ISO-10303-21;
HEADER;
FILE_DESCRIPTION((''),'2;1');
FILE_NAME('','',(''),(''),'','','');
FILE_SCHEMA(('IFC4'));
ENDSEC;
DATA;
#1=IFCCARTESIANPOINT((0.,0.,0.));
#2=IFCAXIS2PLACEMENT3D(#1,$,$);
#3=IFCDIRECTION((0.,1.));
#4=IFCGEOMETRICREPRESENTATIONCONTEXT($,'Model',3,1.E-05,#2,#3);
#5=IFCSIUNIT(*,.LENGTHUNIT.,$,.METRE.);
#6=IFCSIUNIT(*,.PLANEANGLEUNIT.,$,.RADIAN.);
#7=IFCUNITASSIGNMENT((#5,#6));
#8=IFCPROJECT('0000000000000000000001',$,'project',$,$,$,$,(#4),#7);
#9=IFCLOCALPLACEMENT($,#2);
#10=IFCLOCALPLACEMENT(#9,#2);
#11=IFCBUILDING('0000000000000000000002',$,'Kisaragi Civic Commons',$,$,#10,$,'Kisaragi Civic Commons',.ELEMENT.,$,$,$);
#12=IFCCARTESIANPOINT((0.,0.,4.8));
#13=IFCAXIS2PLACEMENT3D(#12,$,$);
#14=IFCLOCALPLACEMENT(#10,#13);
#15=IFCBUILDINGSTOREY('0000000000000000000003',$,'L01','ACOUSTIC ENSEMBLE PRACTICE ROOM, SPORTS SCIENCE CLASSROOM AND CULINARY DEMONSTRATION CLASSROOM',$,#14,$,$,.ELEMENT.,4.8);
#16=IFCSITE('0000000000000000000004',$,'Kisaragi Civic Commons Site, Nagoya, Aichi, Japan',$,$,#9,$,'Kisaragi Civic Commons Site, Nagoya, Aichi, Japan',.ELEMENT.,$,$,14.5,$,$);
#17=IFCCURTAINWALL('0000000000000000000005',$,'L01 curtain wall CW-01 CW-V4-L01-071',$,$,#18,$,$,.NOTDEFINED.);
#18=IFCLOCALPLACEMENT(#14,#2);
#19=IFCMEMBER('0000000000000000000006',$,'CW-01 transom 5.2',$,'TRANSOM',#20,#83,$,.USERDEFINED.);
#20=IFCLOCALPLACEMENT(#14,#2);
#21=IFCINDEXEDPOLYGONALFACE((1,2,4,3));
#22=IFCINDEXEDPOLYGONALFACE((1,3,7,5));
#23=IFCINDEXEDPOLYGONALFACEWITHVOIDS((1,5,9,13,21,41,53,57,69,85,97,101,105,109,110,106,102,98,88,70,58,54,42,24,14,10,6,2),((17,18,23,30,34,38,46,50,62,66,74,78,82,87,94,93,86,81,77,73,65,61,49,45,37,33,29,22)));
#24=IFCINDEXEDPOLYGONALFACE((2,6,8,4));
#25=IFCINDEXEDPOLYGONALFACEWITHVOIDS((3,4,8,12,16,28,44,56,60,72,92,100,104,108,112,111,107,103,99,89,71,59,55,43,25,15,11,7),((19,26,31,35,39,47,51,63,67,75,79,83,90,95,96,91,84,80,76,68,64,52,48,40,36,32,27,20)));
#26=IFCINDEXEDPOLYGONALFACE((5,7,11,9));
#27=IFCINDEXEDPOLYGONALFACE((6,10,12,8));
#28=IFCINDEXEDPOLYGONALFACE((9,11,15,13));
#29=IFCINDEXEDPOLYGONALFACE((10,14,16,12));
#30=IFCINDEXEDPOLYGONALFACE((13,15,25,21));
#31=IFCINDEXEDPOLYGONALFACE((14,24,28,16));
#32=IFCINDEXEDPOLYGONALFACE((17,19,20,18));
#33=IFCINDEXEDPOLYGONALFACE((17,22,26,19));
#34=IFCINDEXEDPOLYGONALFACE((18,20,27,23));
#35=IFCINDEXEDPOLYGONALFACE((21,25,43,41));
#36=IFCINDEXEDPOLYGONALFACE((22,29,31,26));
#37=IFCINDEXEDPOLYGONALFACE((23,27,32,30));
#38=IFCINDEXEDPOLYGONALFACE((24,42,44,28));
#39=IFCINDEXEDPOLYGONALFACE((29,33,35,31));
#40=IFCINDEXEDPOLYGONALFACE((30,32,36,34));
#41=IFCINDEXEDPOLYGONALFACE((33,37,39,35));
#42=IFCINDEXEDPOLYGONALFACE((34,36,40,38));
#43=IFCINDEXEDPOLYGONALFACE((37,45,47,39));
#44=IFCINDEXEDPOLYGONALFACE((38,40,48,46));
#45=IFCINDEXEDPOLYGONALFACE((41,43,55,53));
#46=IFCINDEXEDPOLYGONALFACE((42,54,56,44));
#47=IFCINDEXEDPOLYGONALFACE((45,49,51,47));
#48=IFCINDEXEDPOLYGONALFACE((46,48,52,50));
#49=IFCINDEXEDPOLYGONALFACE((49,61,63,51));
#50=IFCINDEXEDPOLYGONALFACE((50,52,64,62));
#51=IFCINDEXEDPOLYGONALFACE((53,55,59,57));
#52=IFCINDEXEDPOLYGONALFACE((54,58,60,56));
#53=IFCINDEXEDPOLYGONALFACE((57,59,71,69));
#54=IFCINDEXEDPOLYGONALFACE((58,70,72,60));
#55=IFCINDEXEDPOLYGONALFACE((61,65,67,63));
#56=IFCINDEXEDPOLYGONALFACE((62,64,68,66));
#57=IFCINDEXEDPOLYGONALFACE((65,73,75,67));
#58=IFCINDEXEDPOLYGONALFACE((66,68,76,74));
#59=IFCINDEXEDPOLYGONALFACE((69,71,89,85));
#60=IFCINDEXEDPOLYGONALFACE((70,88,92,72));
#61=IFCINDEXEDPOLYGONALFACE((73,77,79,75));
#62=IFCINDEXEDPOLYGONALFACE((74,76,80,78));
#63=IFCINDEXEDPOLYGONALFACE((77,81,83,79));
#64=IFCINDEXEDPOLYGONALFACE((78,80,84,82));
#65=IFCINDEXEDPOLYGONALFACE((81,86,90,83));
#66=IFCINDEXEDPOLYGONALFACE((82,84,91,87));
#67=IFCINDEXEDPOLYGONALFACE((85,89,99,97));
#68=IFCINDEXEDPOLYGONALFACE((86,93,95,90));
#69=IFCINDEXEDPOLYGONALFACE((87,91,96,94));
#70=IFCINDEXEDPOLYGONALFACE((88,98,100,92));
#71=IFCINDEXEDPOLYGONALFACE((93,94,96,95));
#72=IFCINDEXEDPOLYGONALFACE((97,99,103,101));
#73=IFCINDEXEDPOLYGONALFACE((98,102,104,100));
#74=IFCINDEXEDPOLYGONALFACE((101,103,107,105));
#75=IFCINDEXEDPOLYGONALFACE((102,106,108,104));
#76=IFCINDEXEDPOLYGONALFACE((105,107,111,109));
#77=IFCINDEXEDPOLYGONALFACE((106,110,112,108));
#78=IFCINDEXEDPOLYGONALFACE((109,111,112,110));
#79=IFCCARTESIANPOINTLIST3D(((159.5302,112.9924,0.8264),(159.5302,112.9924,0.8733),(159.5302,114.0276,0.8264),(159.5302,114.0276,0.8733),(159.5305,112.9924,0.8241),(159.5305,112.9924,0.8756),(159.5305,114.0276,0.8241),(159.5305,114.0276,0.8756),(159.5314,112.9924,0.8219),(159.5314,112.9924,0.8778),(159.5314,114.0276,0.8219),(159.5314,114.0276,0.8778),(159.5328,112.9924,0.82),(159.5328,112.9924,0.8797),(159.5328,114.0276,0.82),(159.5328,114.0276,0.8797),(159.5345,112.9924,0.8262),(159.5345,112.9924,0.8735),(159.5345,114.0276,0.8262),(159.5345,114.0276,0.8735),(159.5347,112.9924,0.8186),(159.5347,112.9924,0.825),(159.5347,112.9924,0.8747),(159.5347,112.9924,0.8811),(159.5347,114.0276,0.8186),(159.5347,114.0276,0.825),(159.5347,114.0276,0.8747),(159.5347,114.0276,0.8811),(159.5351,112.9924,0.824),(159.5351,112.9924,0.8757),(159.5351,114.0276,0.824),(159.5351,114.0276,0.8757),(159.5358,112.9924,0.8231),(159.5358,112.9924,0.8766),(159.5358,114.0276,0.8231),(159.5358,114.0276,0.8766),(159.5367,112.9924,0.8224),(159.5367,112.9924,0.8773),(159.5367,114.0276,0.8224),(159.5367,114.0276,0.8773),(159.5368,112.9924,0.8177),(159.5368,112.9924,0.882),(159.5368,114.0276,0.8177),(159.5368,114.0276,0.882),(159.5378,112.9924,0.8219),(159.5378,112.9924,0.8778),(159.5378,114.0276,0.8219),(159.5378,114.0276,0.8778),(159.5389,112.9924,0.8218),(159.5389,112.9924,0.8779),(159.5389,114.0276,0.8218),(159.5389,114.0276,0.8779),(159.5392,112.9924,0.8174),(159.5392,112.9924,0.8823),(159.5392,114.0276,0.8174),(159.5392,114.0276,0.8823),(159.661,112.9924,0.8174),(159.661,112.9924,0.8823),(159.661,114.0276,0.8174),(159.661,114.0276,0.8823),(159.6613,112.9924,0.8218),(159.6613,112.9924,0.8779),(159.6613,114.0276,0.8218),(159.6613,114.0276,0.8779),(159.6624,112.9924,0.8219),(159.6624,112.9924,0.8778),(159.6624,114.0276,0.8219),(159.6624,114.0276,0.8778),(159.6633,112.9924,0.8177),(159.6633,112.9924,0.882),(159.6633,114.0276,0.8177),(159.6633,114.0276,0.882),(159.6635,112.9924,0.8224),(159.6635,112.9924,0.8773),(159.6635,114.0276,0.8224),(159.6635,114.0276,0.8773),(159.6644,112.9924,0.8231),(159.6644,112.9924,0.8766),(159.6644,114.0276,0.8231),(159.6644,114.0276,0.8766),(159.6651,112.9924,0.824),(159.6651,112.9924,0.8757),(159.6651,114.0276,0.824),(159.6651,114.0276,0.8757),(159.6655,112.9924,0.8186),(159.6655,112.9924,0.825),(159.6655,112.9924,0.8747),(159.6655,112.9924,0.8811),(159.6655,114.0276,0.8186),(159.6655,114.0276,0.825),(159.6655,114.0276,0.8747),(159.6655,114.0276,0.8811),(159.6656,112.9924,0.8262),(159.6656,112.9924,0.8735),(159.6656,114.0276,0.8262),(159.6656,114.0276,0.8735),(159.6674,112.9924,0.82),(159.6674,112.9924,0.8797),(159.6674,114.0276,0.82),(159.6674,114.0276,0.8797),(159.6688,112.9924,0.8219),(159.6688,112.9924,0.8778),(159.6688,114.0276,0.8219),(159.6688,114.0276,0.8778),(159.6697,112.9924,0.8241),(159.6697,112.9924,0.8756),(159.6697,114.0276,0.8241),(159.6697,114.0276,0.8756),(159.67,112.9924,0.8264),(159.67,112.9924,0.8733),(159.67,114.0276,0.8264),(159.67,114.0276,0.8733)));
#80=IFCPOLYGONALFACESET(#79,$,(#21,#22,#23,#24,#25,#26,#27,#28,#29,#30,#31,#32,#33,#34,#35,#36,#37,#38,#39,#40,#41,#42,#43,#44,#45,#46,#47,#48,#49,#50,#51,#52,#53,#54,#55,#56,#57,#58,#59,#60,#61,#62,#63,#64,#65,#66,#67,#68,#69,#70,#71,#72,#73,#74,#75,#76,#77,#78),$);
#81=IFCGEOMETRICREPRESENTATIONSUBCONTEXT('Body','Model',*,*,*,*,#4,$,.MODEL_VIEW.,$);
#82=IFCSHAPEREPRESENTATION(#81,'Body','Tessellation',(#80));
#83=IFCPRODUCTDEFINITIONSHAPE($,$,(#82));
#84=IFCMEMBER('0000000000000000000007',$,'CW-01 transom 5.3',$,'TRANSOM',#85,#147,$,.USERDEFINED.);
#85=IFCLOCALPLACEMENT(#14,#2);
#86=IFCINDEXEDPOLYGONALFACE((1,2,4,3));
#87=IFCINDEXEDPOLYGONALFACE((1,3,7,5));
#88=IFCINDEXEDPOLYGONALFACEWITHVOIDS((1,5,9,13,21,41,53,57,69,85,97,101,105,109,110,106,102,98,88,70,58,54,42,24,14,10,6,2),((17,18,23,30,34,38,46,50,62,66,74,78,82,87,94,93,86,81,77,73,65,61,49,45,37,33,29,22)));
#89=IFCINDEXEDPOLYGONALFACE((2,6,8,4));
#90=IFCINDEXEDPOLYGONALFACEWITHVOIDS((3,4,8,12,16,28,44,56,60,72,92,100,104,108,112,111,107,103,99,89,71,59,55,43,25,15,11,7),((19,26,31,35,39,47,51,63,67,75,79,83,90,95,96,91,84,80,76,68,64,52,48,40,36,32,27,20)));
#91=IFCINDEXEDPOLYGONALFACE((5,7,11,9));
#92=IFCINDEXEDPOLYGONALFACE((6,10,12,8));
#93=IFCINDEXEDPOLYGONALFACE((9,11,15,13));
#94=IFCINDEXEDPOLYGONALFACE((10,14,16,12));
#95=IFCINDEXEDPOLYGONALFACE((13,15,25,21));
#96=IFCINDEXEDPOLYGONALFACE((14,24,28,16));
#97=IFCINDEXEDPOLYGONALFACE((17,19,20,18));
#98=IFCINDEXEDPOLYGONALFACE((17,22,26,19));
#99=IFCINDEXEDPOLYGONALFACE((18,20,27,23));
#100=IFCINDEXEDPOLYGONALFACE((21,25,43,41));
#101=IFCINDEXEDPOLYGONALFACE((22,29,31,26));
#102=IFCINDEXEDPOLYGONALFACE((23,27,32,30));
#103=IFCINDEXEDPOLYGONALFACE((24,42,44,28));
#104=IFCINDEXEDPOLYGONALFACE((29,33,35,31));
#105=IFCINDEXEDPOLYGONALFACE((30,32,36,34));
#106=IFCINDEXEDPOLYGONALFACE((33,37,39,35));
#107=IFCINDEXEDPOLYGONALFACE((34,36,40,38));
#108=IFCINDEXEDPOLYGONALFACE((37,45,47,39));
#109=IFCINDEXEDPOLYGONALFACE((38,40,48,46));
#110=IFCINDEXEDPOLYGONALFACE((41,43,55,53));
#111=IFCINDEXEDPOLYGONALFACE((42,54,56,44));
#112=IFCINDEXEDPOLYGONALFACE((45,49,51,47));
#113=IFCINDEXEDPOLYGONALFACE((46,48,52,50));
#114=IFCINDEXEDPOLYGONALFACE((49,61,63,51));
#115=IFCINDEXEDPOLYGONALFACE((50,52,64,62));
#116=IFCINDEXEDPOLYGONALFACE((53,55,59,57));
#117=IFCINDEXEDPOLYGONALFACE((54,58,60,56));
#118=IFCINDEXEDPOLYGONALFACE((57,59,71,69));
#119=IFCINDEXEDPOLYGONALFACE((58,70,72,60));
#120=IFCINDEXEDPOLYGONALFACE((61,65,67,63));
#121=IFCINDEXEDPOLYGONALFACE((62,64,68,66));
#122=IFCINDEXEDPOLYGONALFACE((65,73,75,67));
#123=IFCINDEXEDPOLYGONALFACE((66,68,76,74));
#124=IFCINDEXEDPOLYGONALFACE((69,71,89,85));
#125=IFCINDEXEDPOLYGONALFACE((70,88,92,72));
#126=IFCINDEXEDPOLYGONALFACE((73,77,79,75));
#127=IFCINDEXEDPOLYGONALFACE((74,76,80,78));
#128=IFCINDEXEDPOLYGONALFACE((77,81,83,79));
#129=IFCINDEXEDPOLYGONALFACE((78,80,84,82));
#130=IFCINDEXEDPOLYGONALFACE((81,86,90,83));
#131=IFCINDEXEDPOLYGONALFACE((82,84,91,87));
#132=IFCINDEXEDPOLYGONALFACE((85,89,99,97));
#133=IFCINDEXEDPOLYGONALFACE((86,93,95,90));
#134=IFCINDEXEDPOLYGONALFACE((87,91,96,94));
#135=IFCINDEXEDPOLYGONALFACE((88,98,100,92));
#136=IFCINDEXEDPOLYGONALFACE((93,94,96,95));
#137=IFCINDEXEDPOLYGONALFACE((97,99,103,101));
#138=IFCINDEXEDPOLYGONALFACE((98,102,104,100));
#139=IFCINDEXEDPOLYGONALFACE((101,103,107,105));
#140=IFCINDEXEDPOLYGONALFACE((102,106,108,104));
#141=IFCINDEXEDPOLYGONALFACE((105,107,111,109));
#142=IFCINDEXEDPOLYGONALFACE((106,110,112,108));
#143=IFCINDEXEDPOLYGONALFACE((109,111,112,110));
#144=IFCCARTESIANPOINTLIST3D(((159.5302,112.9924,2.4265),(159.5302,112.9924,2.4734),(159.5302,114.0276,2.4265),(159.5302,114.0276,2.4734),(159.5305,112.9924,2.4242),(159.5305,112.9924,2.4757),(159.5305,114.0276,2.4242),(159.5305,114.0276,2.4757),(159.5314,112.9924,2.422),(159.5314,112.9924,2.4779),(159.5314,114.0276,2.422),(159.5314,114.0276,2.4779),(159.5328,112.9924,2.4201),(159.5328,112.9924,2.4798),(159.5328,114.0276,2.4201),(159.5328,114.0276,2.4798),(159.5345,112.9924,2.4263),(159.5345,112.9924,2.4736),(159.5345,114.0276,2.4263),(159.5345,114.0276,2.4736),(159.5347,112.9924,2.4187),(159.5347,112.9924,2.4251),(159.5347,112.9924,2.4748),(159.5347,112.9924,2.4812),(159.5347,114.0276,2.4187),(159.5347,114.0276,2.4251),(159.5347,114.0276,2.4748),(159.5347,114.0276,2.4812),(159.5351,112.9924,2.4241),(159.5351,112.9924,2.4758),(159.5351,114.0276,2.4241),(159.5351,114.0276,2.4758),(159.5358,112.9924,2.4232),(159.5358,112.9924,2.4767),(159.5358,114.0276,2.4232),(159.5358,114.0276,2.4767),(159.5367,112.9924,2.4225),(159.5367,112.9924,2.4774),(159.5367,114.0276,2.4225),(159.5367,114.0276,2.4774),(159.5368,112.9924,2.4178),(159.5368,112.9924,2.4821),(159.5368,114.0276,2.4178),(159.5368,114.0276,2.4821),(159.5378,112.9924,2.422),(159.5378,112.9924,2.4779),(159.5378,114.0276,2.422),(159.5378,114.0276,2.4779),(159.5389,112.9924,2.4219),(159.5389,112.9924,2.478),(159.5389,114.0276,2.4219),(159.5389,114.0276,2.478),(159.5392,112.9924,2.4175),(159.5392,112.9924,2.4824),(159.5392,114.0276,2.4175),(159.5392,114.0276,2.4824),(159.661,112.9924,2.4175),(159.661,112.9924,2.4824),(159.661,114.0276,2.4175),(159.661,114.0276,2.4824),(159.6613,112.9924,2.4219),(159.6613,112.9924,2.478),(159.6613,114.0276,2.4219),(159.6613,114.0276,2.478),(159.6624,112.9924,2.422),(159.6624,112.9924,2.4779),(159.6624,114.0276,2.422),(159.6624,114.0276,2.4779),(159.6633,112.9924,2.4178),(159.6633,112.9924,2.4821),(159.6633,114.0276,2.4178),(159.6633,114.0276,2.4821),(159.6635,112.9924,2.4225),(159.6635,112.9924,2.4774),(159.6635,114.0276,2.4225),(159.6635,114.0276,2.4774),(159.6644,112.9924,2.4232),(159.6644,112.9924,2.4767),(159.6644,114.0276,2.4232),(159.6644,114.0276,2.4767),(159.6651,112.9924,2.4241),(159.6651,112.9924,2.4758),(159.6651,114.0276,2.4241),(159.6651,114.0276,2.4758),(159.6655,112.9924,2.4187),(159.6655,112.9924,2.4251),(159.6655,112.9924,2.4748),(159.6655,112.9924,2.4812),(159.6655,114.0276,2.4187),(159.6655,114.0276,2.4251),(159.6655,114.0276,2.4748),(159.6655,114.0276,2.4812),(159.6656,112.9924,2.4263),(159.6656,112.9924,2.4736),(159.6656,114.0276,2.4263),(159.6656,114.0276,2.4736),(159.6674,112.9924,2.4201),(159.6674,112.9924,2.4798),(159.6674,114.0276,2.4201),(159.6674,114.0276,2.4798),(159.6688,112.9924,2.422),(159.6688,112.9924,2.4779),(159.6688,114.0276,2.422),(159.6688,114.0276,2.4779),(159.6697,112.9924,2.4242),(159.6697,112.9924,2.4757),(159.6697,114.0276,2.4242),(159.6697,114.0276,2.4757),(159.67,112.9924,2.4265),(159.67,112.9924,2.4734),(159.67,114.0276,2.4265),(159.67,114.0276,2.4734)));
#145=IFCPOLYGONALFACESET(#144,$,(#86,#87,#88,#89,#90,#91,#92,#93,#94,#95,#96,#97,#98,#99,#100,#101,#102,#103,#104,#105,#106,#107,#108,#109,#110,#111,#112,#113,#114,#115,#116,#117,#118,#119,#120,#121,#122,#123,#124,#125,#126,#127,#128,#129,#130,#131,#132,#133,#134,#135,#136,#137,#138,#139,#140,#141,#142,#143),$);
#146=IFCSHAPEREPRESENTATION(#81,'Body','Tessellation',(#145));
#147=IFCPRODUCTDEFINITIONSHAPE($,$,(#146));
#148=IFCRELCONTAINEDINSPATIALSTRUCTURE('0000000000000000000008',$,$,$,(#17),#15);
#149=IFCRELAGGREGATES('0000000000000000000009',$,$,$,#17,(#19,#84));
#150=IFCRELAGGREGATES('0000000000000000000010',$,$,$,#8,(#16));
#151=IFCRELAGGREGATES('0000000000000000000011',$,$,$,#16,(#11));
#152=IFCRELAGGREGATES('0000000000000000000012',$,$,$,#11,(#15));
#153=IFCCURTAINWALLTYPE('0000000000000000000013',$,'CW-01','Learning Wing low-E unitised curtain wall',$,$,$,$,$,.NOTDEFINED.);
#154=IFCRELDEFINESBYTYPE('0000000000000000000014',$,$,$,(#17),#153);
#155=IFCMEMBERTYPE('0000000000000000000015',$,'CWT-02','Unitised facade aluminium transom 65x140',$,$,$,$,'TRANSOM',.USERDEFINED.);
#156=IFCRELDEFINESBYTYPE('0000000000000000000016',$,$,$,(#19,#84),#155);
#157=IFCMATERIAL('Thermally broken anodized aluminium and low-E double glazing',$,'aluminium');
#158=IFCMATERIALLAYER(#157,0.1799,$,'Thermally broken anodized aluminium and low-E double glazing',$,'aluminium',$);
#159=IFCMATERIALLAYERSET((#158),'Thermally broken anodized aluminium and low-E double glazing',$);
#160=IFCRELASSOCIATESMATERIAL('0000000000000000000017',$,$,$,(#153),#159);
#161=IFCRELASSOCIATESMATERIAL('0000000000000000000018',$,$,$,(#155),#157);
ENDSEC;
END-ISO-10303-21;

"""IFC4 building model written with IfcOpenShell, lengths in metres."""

from ifc_helpers import new_model, si_unit, direction, frame, origin, origin_2d, place, context, subcontext, project, spatial, hollow_rectangle, extrude, material, layer, layer_set, material_profile, profile_set, type_object, element, aggregate, save


model = new_model("IFC4")

# Units and contexts
model_context = context("Model", 3, precision=1e-05, world=origin(), true_north=direction((0.0, 1.0)))
body_context = subcontext(model_context, "Body", "Model", "MODEL_VIEW")
ifc_project = project(units=[si_unit("LENGTHUNIT", "METRE"), si_unit("PLANEANGLEUNIT", "RADIAN")], contexts=[model_context])

# Site, building, storey
site_placement = place(None, origin())
site = spatial("IfcSite", under=ifc_project, at=site_placement, Name="Kisaragi Civic Commons Site, Nagoya, Aichi, Japan", LongName="Kisaragi Civic Commons Site, Nagoya, Aichi, Japan", CompositionType="ELEMENT", RefElevation=14.5)
building_placement = place(site_placement, origin())
building = spatial("IfcBuilding", under=site, at=building_placement, Name="Kisaragi Civic Commons", LongName="Kisaragi Civic Commons", CompositionType="ELEMENT")
storey_placement = place(building_placement, frame((0.0, 0.0, 4.8)))
storey = spatial("IfcBuildingStorey", under=building, at=storey_placement, Name="L01", Description="ACOUSTIC ENSEMBLE PRACTICE ROOM, SPORTS SCIENCE CLASSROOM AND CULINARY DEMONSTRATION CLASSROOM", CompositionType="ELEMENT", Elevation=4.8)

# Curtain wall, members
ifc_material = material(Name="Thermally broken anodized aluminium and low-E double glazing", Category="aluminium")
ifc_layer_1 = layer(ifc_material, 0.1799, Name="Thermally broken anodized aluminium and low-E double glazing", Category="aluminium")
ifc_layer_set_1 = layer_set([ifc_layer_1], Name="Thermally broken anodized aluminium and low-E double glazing")
curtain_wall_type = type_object("IfcCurtainWallType", Name="CW-01", Description="Learning Wing low-E unitised curtain wall", PredefinedType="NOTDEFINED", material=ifc_layer_set_1)
curtain_wall_placement = place(storey_placement, origin())
curtain_wall = element("IfcCurtainWall", 1, at=curtain_wall_placement, inside=storey, type_object=curtain_wall_type, Name="L01 curtain wall CW-01 CW-V4-L01-071", PredefinedType="NOTDEFINED")
ifc_material_profile_1 = material_profile(ifc_material, hollow_rectangle(XDim=0.1399, YDim=0.0649, WallThickness=0.0044, InnerFilletRadius=0.0044, OuterFilletRadius=0.009, at=origin_2d()), Name="CWT-65x140x4.5", Category="aluminium")
ifc_profile_set_1 = profile_set([ifc_material_profile_1], Name="Thermally broken anodized aluminium and low-E double glazing")
member_type_1 = type_object("IfcMemberType", Name="CWT-02", Description="Unitised facade aluminium transom 65x140", ElementType="TRANSOM", PredefinedType="USERDEFINED", material=ifc_profile_set_1)
member_1_placement = place(storey_placement, frame((159.6001, 114.0276, 0.8499), z_axis=(0.0, -1.0, 0.0), x_axis=(1.0, 0.0, 0.0)))
member_1 = element("IfcMember", 2, at=member_1_placement, type_object=member_type_1, Name="CW-01 transom 5.2", ObjectType="TRANSOM", PredefinedType="USERDEFINED", context=body_context, shape_type="SweptSolid", body=[
    extrude(hollow_rectangle(XDim=0.1399, YDim=0.0649, WallThickness=0.0044, InnerFilletRadius=0.0044, OuterFilletRadius=0.009, at=origin_2d()), origin(), (0.0, 0.0, 1.0), 1.0352),
])
member_2_placement = place(storey_placement, frame((159.6001, 114.0276, 2.45), z_axis=(0.0, -1.0, 0.0), x_axis=(1.0, 0.0, 0.0)))
member_2 = element("IfcMember", 3, at=member_2_placement, type_object=member_type_1, Name="CW-01 transom 5.3", ObjectType="TRANSOM", PredefinedType="USERDEFINED", context=body_context, shape_type="SweptSolid", body=[
    extrude(hollow_rectangle(XDim=0.1399, YDim=0.0649, WallThickness=0.0044, InnerFilletRadius=0.0044, OuterFilletRadius=0.009, at=origin_2d()), origin(), (0.0, 0.0, 1.0), 1.0352),
])
aggregate(curtain_wall, [member_1, member_2])

save(model, "model.ifc")
